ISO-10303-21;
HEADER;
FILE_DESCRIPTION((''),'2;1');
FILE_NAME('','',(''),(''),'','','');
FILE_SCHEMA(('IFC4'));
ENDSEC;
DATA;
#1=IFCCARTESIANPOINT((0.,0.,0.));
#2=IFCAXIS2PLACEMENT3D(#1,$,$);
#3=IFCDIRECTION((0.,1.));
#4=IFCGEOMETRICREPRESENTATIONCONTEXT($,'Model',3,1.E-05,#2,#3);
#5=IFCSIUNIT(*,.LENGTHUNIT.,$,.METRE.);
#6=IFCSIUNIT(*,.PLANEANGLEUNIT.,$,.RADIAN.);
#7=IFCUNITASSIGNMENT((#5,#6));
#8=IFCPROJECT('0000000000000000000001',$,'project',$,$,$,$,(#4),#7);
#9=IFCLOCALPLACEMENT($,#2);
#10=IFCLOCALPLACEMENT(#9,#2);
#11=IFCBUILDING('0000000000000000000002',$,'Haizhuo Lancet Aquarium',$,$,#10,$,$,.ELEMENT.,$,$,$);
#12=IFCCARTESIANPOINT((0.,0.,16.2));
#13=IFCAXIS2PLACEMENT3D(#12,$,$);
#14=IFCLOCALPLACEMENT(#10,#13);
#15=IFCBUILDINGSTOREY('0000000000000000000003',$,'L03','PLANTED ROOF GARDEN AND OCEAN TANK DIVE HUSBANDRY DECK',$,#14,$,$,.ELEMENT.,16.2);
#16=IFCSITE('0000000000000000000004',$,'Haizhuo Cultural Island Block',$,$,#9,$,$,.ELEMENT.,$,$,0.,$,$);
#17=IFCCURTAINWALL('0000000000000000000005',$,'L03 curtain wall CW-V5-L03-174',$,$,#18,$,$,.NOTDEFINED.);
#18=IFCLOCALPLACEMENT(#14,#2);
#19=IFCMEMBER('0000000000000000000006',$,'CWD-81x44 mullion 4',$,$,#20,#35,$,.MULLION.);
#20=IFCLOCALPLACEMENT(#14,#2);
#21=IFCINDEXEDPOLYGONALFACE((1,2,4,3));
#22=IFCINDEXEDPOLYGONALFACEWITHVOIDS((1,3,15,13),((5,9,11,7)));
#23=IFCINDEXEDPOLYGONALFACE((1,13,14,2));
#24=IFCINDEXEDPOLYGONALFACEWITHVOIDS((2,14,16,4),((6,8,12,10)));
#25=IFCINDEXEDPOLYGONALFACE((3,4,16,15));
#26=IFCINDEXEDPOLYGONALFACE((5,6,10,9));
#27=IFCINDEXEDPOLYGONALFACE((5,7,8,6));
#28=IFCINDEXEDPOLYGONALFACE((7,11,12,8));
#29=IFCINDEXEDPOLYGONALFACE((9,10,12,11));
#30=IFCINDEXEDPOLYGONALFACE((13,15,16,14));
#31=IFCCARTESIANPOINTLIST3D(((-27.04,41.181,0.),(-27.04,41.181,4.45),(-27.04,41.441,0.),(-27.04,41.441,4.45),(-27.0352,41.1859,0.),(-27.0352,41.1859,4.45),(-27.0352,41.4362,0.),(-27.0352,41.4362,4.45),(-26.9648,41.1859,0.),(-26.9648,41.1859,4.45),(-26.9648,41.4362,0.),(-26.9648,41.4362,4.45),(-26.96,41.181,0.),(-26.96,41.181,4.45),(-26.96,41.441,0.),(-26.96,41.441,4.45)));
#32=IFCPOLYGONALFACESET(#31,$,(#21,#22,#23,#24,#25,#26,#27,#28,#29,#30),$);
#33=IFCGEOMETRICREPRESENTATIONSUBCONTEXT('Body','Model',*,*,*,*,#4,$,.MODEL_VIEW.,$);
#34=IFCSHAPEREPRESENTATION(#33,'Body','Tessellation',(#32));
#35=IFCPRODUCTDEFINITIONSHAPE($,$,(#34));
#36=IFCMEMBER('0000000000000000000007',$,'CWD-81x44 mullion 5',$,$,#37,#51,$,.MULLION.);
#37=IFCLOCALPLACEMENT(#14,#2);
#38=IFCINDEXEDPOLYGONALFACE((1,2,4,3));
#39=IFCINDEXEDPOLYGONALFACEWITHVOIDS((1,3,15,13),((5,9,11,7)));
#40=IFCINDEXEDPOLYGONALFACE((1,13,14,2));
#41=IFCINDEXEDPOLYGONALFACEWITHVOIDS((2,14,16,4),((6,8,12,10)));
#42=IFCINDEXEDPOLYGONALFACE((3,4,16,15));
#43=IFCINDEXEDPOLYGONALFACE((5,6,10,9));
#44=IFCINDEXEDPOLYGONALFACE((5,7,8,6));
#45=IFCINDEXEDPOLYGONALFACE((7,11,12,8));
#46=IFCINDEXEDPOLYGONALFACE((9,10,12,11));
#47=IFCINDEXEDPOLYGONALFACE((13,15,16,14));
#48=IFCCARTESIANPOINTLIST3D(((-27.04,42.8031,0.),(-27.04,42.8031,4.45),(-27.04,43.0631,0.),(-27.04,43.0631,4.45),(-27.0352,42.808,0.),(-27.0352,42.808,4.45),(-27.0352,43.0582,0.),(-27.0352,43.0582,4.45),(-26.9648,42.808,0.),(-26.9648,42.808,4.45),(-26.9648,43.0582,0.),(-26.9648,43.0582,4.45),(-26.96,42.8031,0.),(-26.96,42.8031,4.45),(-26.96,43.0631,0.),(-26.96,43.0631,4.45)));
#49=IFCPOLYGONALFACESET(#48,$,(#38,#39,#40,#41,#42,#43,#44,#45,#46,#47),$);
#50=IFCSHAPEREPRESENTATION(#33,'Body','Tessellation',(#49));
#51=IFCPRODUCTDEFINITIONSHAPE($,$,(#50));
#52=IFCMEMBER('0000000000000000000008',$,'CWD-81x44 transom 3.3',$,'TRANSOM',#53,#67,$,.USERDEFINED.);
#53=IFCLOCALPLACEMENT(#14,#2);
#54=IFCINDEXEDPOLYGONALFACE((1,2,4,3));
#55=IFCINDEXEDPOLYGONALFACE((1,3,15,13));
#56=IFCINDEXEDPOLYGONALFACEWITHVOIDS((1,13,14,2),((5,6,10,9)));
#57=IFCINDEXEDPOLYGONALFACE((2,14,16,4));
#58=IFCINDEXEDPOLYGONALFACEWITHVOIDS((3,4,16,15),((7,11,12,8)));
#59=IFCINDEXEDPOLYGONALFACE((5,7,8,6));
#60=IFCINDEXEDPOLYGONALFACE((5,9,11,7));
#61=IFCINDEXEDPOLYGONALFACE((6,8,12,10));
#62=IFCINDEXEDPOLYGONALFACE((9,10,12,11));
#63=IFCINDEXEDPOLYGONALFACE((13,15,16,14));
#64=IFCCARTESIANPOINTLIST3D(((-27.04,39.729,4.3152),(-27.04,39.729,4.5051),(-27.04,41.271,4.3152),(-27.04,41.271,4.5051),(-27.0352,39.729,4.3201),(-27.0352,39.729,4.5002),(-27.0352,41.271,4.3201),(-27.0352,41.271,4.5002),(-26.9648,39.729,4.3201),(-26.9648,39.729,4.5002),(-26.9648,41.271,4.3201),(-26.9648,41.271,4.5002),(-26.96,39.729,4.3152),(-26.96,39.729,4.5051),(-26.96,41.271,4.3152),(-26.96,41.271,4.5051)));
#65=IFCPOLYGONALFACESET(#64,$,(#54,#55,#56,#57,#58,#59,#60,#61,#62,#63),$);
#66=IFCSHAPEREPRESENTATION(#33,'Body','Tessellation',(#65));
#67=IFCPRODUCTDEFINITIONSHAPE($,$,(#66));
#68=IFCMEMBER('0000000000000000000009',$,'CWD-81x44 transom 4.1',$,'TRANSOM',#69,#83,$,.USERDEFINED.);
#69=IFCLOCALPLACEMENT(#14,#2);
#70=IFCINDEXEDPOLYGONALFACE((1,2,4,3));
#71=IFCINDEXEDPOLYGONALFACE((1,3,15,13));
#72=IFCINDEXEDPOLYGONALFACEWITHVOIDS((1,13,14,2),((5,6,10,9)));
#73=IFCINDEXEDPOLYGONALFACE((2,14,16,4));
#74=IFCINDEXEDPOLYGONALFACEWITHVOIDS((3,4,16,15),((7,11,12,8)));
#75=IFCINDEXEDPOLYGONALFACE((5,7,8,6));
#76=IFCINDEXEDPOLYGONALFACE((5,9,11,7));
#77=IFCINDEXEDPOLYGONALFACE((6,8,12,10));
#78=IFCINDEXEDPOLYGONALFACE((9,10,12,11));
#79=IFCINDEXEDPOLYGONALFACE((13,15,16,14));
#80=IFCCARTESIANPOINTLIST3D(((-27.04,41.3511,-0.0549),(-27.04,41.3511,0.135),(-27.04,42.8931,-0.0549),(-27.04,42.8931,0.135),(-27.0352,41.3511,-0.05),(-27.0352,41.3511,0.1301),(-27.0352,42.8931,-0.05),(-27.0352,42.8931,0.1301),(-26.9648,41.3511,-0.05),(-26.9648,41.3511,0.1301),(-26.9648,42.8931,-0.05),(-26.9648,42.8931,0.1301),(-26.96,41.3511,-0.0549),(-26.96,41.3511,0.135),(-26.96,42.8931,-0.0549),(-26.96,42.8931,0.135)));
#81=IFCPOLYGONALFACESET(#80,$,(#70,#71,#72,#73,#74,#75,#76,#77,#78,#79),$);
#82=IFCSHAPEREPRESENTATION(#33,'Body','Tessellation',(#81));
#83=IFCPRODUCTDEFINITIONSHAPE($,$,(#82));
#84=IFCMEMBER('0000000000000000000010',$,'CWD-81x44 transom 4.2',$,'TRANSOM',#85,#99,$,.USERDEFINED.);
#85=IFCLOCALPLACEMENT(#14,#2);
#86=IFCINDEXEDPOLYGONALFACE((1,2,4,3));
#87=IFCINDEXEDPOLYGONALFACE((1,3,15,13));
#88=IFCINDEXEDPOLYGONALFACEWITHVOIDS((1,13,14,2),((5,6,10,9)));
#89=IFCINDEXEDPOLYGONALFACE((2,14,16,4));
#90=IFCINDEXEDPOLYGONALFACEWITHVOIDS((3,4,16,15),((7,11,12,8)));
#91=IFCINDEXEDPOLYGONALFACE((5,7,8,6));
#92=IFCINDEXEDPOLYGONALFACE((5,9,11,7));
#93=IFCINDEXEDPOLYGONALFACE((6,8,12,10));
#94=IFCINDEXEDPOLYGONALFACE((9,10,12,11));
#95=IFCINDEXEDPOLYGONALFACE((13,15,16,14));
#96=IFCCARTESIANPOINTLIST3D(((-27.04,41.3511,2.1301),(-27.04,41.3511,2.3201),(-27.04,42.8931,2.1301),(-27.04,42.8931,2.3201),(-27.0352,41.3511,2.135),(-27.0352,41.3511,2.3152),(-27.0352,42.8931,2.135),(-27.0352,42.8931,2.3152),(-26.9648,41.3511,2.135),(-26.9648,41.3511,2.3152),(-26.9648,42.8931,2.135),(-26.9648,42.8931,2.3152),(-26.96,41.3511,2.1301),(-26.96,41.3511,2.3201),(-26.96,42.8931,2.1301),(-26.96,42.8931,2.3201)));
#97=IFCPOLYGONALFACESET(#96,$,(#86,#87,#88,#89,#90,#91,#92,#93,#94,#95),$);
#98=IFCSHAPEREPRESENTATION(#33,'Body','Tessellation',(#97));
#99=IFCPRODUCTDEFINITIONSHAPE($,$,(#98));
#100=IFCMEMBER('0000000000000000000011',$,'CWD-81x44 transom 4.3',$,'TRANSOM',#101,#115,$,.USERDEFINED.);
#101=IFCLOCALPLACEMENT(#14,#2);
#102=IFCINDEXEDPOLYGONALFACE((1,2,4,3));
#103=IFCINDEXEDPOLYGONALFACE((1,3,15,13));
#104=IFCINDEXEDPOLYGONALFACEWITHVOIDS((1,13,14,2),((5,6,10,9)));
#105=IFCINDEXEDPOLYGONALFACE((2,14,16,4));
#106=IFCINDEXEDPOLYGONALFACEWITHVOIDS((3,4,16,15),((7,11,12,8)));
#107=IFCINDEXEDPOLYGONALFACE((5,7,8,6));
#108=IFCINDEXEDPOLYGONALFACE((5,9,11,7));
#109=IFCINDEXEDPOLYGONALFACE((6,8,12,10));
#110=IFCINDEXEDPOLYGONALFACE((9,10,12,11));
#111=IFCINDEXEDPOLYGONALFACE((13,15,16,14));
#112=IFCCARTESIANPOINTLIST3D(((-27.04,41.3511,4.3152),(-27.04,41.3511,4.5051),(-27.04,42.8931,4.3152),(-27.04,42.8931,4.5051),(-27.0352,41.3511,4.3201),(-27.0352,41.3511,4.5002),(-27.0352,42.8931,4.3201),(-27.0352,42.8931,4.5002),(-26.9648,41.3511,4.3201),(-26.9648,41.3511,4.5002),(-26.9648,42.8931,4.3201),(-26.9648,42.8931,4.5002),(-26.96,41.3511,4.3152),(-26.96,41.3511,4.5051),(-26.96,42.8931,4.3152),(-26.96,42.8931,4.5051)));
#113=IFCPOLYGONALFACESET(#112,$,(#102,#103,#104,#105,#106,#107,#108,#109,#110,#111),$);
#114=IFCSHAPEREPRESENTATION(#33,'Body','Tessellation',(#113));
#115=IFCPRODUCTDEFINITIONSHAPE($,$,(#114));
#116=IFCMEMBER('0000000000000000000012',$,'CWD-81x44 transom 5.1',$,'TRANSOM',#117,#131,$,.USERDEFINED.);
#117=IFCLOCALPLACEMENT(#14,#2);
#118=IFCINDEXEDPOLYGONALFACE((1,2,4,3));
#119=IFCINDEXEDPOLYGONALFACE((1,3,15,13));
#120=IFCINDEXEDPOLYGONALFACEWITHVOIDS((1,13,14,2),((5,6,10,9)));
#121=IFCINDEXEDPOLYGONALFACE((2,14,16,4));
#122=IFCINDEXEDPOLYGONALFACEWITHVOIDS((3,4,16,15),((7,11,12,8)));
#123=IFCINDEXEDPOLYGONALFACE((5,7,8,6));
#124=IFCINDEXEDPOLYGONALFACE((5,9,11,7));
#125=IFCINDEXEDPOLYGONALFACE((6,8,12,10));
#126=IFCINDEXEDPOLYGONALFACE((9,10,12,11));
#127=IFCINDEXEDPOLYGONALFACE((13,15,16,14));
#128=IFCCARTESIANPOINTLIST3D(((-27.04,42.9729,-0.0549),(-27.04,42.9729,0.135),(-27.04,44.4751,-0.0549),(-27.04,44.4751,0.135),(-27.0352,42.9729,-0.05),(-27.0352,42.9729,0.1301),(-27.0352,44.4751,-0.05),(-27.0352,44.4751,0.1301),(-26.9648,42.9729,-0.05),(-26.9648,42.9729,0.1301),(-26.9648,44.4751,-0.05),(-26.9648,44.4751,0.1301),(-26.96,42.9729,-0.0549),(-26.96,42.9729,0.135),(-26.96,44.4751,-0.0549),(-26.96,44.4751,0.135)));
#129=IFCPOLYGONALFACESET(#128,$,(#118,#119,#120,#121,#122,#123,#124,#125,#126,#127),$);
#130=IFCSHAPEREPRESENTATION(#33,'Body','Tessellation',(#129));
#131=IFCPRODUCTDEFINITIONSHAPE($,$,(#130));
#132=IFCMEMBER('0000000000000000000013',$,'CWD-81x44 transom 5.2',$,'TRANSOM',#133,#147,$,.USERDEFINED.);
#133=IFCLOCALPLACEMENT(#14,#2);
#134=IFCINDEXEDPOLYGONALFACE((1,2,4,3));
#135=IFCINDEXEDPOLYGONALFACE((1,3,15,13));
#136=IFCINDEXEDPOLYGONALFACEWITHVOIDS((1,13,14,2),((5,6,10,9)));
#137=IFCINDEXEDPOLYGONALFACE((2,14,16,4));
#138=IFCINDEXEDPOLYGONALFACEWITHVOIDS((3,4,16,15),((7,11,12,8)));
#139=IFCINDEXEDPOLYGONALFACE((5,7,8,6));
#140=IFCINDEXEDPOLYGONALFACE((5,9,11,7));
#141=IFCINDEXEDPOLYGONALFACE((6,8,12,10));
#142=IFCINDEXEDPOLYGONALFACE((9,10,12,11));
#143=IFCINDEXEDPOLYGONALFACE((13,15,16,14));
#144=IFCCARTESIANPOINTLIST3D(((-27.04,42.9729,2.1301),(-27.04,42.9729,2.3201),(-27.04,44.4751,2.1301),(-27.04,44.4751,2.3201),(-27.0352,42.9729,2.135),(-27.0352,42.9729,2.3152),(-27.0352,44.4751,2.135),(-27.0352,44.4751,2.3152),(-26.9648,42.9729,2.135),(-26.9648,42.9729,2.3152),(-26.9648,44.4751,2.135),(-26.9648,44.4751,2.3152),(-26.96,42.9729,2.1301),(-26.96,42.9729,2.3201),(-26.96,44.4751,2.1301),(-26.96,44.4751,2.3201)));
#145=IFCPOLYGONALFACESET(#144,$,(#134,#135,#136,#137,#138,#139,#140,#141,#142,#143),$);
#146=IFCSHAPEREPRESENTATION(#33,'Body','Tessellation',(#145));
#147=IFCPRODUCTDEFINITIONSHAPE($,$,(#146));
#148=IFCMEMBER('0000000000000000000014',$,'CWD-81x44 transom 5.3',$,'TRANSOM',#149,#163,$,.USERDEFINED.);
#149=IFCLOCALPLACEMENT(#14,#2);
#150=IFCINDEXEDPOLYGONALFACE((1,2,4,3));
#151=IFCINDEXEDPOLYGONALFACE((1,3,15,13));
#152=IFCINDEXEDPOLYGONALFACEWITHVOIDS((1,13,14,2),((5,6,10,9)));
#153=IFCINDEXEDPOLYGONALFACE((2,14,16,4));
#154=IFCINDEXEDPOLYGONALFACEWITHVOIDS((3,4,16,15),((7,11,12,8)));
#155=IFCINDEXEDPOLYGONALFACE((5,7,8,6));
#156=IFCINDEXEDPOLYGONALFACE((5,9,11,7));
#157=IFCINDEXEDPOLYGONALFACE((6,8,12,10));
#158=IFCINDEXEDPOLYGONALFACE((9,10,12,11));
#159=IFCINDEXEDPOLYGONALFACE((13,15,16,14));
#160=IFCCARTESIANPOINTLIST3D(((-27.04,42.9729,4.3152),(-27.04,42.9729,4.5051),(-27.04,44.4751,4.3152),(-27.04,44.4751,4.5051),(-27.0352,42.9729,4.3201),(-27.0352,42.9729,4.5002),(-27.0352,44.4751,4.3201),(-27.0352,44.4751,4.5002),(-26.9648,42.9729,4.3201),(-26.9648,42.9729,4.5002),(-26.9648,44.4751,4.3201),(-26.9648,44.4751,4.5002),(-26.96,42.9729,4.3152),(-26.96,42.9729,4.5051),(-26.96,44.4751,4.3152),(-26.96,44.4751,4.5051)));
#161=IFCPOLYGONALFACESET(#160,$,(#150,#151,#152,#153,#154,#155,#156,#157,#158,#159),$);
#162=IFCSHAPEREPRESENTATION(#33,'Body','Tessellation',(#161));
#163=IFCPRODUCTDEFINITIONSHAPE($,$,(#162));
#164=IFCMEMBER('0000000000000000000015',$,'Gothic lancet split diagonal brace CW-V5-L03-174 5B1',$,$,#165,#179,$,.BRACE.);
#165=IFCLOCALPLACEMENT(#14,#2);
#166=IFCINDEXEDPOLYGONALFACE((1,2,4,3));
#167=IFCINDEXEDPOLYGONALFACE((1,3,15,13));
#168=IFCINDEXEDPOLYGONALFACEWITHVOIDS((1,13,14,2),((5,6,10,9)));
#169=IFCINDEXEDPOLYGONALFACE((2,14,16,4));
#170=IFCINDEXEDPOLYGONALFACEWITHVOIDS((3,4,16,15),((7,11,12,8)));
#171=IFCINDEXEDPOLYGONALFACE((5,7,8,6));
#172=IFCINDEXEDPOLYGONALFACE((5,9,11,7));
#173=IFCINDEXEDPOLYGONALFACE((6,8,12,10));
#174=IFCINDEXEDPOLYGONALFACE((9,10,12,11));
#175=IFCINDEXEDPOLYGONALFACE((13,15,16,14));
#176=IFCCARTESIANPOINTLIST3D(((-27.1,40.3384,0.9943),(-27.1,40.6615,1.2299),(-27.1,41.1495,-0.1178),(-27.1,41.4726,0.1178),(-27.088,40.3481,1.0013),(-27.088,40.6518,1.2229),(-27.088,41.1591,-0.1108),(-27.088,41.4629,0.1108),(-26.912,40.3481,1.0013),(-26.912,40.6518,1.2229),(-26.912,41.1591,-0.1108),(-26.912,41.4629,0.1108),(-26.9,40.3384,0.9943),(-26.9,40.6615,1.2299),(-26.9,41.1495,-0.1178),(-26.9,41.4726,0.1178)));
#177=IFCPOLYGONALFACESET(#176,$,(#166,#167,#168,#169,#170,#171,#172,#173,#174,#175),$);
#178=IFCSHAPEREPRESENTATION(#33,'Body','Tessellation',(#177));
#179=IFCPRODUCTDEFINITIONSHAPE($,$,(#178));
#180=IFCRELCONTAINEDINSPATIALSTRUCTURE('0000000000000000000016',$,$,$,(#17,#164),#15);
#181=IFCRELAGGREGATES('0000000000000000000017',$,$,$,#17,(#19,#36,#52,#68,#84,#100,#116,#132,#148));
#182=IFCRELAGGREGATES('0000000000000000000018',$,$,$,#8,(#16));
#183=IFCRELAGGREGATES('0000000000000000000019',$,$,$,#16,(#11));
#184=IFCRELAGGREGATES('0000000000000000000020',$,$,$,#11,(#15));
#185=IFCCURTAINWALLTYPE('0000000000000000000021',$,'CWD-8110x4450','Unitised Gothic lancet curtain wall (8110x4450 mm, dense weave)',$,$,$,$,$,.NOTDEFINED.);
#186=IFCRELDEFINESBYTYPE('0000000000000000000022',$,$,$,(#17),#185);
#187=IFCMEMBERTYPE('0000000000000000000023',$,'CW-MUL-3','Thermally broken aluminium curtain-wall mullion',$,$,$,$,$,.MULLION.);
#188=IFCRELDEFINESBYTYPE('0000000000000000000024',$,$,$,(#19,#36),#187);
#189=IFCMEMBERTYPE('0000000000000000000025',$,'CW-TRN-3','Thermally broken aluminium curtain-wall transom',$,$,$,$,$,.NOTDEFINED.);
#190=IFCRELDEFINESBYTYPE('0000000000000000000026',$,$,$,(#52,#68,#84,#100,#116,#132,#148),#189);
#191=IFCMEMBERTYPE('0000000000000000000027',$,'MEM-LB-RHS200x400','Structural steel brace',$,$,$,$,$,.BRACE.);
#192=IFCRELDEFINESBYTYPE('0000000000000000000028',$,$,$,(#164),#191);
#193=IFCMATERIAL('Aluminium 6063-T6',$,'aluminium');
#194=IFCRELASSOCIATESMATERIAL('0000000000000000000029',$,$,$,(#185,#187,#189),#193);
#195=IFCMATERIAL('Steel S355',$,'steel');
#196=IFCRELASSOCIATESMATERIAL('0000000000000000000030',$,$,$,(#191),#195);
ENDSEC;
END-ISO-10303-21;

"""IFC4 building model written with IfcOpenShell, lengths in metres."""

from ifc_helpers import new_model, si_unit, direction, frame, origin, origin_2d, place, context, subcontext, project, spatial, hollow_rectangle, extrude, material, material_profile, profile_set, type_object, element, aggregate, save


model = new_model("IFC4")

# Units and contexts
model_context = context("Model", 3, precision=1e-05, world=origin(), true_north=direction((0.0, 1.0)))
body_context = subcontext(model_context, "Body", "Model", "MODEL_VIEW")
ifc_project = project(units=[si_unit("LENGTHUNIT", "METRE"), si_unit("PLANEANGLEUNIT", "RADIAN")], contexts=[model_context])

# Site, building, storey
site_placement = place(None, origin())
site = spatial("IfcSite", under=ifc_project, at=site_placement, Name="Haizhuo Cultural Island Block", CompositionType="ELEMENT", RefElevation=0.0)
building_placement = place(site_placement, origin())
building = spatial("IfcBuilding", under=site, at=building_placement, Name="Haizhuo Lancet Aquarium", CompositionType="ELEMENT")
storey_placement = place(building_placement, frame((0.0, 0.0, 16.2)))
storey = spatial("IfcBuildingStorey", under=building, at=storey_placement, Name="L03", Description="PLANTED ROOF GARDEN AND OCEAN TANK DIVE HUSBANDRY DECK", CompositionType="ELEMENT", Elevation=16.2)

# Curtain wall, members
ifc_material_1 = material(Name="Aluminium 6063-T6", Category="aluminium")
curtain_wall_type = type_object("IfcCurtainWallType", Name="CWD-8110x4450", Description="Unitised Gothic lancet curtain wall (8110x4450 mm, dense weave)", PredefinedType="NOTDEFINED", material=ifc_material_1)
curtain_wall_placement = place(storey_placement, origin())
curtain_wall = element("IfcCurtainWall", 1, at=curtain_wall_placement, inside=storey, type_object=curtain_wall_type, Name="L03 curtain wall CW-V5-L03-174", PredefinedType="NOTDEFINED")
ifc_material_profile_1 = material_profile(ifc_material_1, hollow_rectangle(XDim=0.0801, YDim=0.26, WallThickness=0.0049, at=origin_2d()), Name="ALU-M 80x260x5")
ifc_profile_set_1 = profile_set([ifc_material_profile_1], Name="Aluminium 6063-T6")
member_type_1 = type_object("IfcMemberType", Name="CW-MUL-3", Description="Thermally broken aluminium curtain-wall mullion", PredefinedType="MULLION", material=ifc_profile_set_1)
member_1_placement = place(storey_placement, frame((-27.0, 41.311, 0.0), z_axis=(0.0, 0.0, 1.0), x_axis=(-1.0, 0.0, 0.0)))
member_1 = element("IfcMember", 2, at=member_1_placement, type_object=member_type_1, Name="CWD-81x44 mullion 4", PredefinedType="MULLION", context=body_context, shape_type="SweptSolid", body=[
    extrude(hollow_rectangle(XDim=0.0801, YDim=0.26, WallThickness=0.0049, at=origin_2d()), origin(), (0.0, 0.0, 1.0), 4.45),
])
member_2_placement = place(storey_placement, frame((-27.0, 42.9331, 0.0), z_axis=(0.0, 0.0, 1.0), x_axis=(-1.0, 0.0, 0.0)))
member_2 = element("IfcMember", 3, at=member_2_placement, type_object=member_type_1, Name="CWD-81x44 mullion 5", PredefinedType="MULLION", context=body_context, shape_type="SweptSolid", body=[
    extrude(hollow_rectangle(XDim=0.0801, YDim=0.26, WallThickness=0.0049, at=origin_2d()), origin(), (0.0, 0.0, 1.0), 4.45),
])
ifc_material_profile_2 = material_profile(ifc_material_1, hollow_rectangle(XDim=0.0801, YDim=0.1899, WallThickness=0.0049, at=origin_2d()), Name="ALU-T 80x190x5")
ifc_profile_set_2 = profile_set([ifc_material_profile_2], Name="Aluminium 6063-T6")
member_type_2 = type_object("IfcMemberType", Name="CW-TRN-3", Description="Thermally broken aluminium curtain-wall transom", PredefinedType="NOTDEFINED", material=ifc_profile_set_2)
member_3_placement = place(storey_placement, frame((-27.0, 39.729, 4.4102), z_axis=(0.0, 1.0, 0.0), x_axis=(-1.0, 0.0, 0.0)))
member_3 = element("IfcMember", 4, at=member_3_placement, type_object=member_type_2, Name="CWD-81x44 transom 3.3", ObjectType="TRANSOM", PredefinedType="USERDEFINED", context=body_context, shape_type="SweptSolid", body=[
    extrude(hollow_rectangle(XDim=0.0801, YDim=0.1899, WallThickness=0.0049, at=origin_2d()), origin(), (0.0, 0.0, 1.0), 1.542),
])
member_4_placement = place(storey_placement, frame((-27.0, 41.3511, 0.04), z_axis=(0.0, 1.0, 0.0), x_axis=(-1.0, 0.0, 0.0)))
member_4 = element("IfcMember", 5, at=member_4_placement, type_object=member_type_2, Name="CWD-81x44 transom 4.1", ObjectType="TRANSOM", PredefinedType="USERDEFINED", context=body_context, shape_type="SweptSolid", body=[
    extrude(hollow_rectangle(XDim=0.0801, YDim=0.1899, WallThickness=0.0049, at=origin_2d()), origin(), (0.0, 0.0, 1.0), 1.542),
])
member_5_placement = place(storey_placement, frame((-27.0, 41.3511, 2.2251), z_axis=(0.0, 1.0, 0.0), x_axis=(-1.0, 0.0, 0.0)))
member_5 = element("IfcMember", 6, at=member_5_placement, type_object=member_type_2, Name="CWD-81x44 transom 4.2", ObjectType="TRANSOM", PredefinedType="USERDEFINED", context=body_context, shape_type="SweptSolid", body=[
    extrude(hollow_rectangle(XDim=0.0801, YDim=0.1899, WallThickness=0.0049, at=origin_2d()), origin(), (0.0, 0.0, 1.0), 1.542),
])
member_6_placement = place(storey_placement, frame((-27.0, 41.3511, 4.4102), z_axis=(0.0, 1.0, 0.0), x_axis=(-1.0, 0.0, 0.0)))
member_6 = element("IfcMember", 7, at=member_6_placement, type_object=member_type_2, Name="CWD-81x44 transom 4.3", ObjectType="TRANSOM", PredefinedType="USERDEFINED", context=body_context, shape_type="SweptSolid", body=[
    extrude(hollow_rectangle(XDim=0.0801, YDim=0.1899, WallThickness=0.0049, at=origin_2d()), origin(), (0.0, 0.0, 1.0), 1.542),
])
member_7_placement = place(storey_placement, frame((-27.0, 42.9729, 0.04), z_axis=(0.0, 1.0, 0.0), x_axis=(-1.0, 0.0, 0.0)))
member_7 = element("IfcMember", 8, at=member_7_placement, type_object=member_type_2, Name="CWD-81x44 transom 5.1", ObjectType="TRANSOM", PredefinedType="USERDEFINED", context=body_context, shape_type="SweptSolid", body=[
    extrude(hollow_rectangle(XDim=0.0801, YDim=0.1899, WallThickness=0.0049, at=origin_2d()), origin(), (0.0, 0.0, 1.0), 1.5022),
])
member_8_placement = place(storey_placement, frame((-27.0, 42.9729, 2.2251), z_axis=(0.0, 1.0, 0.0), x_axis=(-1.0, 0.0, 0.0)))
member_8 = element("IfcMember", 9, at=member_8_placement, type_object=member_type_2, Name="CWD-81x44 transom 5.2", ObjectType="TRANSOM", PredefinedType="USERDEFINED", context=body_context, shape_type="SweptSolid", body=[
    extrude(hollow_rectangle(XDim=0.0801, YDim=0.1899, WallThickness=0.0049, at=origin_2d()), origin(), (0.0, 0.0, 1.0), 1.5022),
])
member_9_placement = place(storey_placement, frame((-27.0, 42.9729, 4.4102), z_axis=(0.0, 1.0, 0.0), x_axis=(-1.0, 0.0, 0.0)))
member_9 = element("IfcMember", 10, at=member_9_placement, type_object=member_type_2, Name="CWD-81x44 transom 5.3", ObjectType="TRANSOM", PredefinedType="USERDEFINED", context=body_context, shape_type="SweptSolid", body=[
    extrude(hollow_rectangle(XDim=0.0801, YDim=0.1899, WallThickness=0.0049, at=origin_2d()), origin(), (0.0, 0.0, 1.0), 1.5022),
])

# Member
ifc_material_2 = material(Name="Steel S355", Category="steel")
ifc_material_profile_3 = material_profile(ifc_material_2, hollow_rectangle(XDim=0.2, YDim=0.3999, WallThickness=0.012, at=origin_2d()), Name="RHS 200x400x12")
ifc_profile_set_3 = profile_set([ifc_material_profile_3], Name="Steel S355")
member_type_3 = type_object("IfcMemberType", Name="MEM-LB-RHS200x400", Description="Structural steel brace", PredefinedType="BRACE", material=ifc_profile_set_3)
member_10_placement = place(storey_placement, frame((-27.0, 41.311, 0.0), z_axis=(0.0, -0.589247, 0.807953), x_axis=(1.0, 0.0, 0.0)))
element("IfcMember", 11, at=member_10_placement, inside=storey, type_object=member_type_3, Name="Gothic lancet split diagonal brace CW-V5-L03-174 5B1", PredefinedType="BRACE", context=body_context, shape_type="SweptSolid", body=[
    extrude(hollow_rectangle(XDim=0.2, YDim=0.3999, WallThickness=0.012, at=origin_2d()), origin(), (0.0, 0.0, 1.0), 1.3765),
])

aggregate(curtain_wall, [member_1, member_2, member_3, member_4, member_5, member_6, member_7, member_8, member_9])

save(model, "model.ifc")
